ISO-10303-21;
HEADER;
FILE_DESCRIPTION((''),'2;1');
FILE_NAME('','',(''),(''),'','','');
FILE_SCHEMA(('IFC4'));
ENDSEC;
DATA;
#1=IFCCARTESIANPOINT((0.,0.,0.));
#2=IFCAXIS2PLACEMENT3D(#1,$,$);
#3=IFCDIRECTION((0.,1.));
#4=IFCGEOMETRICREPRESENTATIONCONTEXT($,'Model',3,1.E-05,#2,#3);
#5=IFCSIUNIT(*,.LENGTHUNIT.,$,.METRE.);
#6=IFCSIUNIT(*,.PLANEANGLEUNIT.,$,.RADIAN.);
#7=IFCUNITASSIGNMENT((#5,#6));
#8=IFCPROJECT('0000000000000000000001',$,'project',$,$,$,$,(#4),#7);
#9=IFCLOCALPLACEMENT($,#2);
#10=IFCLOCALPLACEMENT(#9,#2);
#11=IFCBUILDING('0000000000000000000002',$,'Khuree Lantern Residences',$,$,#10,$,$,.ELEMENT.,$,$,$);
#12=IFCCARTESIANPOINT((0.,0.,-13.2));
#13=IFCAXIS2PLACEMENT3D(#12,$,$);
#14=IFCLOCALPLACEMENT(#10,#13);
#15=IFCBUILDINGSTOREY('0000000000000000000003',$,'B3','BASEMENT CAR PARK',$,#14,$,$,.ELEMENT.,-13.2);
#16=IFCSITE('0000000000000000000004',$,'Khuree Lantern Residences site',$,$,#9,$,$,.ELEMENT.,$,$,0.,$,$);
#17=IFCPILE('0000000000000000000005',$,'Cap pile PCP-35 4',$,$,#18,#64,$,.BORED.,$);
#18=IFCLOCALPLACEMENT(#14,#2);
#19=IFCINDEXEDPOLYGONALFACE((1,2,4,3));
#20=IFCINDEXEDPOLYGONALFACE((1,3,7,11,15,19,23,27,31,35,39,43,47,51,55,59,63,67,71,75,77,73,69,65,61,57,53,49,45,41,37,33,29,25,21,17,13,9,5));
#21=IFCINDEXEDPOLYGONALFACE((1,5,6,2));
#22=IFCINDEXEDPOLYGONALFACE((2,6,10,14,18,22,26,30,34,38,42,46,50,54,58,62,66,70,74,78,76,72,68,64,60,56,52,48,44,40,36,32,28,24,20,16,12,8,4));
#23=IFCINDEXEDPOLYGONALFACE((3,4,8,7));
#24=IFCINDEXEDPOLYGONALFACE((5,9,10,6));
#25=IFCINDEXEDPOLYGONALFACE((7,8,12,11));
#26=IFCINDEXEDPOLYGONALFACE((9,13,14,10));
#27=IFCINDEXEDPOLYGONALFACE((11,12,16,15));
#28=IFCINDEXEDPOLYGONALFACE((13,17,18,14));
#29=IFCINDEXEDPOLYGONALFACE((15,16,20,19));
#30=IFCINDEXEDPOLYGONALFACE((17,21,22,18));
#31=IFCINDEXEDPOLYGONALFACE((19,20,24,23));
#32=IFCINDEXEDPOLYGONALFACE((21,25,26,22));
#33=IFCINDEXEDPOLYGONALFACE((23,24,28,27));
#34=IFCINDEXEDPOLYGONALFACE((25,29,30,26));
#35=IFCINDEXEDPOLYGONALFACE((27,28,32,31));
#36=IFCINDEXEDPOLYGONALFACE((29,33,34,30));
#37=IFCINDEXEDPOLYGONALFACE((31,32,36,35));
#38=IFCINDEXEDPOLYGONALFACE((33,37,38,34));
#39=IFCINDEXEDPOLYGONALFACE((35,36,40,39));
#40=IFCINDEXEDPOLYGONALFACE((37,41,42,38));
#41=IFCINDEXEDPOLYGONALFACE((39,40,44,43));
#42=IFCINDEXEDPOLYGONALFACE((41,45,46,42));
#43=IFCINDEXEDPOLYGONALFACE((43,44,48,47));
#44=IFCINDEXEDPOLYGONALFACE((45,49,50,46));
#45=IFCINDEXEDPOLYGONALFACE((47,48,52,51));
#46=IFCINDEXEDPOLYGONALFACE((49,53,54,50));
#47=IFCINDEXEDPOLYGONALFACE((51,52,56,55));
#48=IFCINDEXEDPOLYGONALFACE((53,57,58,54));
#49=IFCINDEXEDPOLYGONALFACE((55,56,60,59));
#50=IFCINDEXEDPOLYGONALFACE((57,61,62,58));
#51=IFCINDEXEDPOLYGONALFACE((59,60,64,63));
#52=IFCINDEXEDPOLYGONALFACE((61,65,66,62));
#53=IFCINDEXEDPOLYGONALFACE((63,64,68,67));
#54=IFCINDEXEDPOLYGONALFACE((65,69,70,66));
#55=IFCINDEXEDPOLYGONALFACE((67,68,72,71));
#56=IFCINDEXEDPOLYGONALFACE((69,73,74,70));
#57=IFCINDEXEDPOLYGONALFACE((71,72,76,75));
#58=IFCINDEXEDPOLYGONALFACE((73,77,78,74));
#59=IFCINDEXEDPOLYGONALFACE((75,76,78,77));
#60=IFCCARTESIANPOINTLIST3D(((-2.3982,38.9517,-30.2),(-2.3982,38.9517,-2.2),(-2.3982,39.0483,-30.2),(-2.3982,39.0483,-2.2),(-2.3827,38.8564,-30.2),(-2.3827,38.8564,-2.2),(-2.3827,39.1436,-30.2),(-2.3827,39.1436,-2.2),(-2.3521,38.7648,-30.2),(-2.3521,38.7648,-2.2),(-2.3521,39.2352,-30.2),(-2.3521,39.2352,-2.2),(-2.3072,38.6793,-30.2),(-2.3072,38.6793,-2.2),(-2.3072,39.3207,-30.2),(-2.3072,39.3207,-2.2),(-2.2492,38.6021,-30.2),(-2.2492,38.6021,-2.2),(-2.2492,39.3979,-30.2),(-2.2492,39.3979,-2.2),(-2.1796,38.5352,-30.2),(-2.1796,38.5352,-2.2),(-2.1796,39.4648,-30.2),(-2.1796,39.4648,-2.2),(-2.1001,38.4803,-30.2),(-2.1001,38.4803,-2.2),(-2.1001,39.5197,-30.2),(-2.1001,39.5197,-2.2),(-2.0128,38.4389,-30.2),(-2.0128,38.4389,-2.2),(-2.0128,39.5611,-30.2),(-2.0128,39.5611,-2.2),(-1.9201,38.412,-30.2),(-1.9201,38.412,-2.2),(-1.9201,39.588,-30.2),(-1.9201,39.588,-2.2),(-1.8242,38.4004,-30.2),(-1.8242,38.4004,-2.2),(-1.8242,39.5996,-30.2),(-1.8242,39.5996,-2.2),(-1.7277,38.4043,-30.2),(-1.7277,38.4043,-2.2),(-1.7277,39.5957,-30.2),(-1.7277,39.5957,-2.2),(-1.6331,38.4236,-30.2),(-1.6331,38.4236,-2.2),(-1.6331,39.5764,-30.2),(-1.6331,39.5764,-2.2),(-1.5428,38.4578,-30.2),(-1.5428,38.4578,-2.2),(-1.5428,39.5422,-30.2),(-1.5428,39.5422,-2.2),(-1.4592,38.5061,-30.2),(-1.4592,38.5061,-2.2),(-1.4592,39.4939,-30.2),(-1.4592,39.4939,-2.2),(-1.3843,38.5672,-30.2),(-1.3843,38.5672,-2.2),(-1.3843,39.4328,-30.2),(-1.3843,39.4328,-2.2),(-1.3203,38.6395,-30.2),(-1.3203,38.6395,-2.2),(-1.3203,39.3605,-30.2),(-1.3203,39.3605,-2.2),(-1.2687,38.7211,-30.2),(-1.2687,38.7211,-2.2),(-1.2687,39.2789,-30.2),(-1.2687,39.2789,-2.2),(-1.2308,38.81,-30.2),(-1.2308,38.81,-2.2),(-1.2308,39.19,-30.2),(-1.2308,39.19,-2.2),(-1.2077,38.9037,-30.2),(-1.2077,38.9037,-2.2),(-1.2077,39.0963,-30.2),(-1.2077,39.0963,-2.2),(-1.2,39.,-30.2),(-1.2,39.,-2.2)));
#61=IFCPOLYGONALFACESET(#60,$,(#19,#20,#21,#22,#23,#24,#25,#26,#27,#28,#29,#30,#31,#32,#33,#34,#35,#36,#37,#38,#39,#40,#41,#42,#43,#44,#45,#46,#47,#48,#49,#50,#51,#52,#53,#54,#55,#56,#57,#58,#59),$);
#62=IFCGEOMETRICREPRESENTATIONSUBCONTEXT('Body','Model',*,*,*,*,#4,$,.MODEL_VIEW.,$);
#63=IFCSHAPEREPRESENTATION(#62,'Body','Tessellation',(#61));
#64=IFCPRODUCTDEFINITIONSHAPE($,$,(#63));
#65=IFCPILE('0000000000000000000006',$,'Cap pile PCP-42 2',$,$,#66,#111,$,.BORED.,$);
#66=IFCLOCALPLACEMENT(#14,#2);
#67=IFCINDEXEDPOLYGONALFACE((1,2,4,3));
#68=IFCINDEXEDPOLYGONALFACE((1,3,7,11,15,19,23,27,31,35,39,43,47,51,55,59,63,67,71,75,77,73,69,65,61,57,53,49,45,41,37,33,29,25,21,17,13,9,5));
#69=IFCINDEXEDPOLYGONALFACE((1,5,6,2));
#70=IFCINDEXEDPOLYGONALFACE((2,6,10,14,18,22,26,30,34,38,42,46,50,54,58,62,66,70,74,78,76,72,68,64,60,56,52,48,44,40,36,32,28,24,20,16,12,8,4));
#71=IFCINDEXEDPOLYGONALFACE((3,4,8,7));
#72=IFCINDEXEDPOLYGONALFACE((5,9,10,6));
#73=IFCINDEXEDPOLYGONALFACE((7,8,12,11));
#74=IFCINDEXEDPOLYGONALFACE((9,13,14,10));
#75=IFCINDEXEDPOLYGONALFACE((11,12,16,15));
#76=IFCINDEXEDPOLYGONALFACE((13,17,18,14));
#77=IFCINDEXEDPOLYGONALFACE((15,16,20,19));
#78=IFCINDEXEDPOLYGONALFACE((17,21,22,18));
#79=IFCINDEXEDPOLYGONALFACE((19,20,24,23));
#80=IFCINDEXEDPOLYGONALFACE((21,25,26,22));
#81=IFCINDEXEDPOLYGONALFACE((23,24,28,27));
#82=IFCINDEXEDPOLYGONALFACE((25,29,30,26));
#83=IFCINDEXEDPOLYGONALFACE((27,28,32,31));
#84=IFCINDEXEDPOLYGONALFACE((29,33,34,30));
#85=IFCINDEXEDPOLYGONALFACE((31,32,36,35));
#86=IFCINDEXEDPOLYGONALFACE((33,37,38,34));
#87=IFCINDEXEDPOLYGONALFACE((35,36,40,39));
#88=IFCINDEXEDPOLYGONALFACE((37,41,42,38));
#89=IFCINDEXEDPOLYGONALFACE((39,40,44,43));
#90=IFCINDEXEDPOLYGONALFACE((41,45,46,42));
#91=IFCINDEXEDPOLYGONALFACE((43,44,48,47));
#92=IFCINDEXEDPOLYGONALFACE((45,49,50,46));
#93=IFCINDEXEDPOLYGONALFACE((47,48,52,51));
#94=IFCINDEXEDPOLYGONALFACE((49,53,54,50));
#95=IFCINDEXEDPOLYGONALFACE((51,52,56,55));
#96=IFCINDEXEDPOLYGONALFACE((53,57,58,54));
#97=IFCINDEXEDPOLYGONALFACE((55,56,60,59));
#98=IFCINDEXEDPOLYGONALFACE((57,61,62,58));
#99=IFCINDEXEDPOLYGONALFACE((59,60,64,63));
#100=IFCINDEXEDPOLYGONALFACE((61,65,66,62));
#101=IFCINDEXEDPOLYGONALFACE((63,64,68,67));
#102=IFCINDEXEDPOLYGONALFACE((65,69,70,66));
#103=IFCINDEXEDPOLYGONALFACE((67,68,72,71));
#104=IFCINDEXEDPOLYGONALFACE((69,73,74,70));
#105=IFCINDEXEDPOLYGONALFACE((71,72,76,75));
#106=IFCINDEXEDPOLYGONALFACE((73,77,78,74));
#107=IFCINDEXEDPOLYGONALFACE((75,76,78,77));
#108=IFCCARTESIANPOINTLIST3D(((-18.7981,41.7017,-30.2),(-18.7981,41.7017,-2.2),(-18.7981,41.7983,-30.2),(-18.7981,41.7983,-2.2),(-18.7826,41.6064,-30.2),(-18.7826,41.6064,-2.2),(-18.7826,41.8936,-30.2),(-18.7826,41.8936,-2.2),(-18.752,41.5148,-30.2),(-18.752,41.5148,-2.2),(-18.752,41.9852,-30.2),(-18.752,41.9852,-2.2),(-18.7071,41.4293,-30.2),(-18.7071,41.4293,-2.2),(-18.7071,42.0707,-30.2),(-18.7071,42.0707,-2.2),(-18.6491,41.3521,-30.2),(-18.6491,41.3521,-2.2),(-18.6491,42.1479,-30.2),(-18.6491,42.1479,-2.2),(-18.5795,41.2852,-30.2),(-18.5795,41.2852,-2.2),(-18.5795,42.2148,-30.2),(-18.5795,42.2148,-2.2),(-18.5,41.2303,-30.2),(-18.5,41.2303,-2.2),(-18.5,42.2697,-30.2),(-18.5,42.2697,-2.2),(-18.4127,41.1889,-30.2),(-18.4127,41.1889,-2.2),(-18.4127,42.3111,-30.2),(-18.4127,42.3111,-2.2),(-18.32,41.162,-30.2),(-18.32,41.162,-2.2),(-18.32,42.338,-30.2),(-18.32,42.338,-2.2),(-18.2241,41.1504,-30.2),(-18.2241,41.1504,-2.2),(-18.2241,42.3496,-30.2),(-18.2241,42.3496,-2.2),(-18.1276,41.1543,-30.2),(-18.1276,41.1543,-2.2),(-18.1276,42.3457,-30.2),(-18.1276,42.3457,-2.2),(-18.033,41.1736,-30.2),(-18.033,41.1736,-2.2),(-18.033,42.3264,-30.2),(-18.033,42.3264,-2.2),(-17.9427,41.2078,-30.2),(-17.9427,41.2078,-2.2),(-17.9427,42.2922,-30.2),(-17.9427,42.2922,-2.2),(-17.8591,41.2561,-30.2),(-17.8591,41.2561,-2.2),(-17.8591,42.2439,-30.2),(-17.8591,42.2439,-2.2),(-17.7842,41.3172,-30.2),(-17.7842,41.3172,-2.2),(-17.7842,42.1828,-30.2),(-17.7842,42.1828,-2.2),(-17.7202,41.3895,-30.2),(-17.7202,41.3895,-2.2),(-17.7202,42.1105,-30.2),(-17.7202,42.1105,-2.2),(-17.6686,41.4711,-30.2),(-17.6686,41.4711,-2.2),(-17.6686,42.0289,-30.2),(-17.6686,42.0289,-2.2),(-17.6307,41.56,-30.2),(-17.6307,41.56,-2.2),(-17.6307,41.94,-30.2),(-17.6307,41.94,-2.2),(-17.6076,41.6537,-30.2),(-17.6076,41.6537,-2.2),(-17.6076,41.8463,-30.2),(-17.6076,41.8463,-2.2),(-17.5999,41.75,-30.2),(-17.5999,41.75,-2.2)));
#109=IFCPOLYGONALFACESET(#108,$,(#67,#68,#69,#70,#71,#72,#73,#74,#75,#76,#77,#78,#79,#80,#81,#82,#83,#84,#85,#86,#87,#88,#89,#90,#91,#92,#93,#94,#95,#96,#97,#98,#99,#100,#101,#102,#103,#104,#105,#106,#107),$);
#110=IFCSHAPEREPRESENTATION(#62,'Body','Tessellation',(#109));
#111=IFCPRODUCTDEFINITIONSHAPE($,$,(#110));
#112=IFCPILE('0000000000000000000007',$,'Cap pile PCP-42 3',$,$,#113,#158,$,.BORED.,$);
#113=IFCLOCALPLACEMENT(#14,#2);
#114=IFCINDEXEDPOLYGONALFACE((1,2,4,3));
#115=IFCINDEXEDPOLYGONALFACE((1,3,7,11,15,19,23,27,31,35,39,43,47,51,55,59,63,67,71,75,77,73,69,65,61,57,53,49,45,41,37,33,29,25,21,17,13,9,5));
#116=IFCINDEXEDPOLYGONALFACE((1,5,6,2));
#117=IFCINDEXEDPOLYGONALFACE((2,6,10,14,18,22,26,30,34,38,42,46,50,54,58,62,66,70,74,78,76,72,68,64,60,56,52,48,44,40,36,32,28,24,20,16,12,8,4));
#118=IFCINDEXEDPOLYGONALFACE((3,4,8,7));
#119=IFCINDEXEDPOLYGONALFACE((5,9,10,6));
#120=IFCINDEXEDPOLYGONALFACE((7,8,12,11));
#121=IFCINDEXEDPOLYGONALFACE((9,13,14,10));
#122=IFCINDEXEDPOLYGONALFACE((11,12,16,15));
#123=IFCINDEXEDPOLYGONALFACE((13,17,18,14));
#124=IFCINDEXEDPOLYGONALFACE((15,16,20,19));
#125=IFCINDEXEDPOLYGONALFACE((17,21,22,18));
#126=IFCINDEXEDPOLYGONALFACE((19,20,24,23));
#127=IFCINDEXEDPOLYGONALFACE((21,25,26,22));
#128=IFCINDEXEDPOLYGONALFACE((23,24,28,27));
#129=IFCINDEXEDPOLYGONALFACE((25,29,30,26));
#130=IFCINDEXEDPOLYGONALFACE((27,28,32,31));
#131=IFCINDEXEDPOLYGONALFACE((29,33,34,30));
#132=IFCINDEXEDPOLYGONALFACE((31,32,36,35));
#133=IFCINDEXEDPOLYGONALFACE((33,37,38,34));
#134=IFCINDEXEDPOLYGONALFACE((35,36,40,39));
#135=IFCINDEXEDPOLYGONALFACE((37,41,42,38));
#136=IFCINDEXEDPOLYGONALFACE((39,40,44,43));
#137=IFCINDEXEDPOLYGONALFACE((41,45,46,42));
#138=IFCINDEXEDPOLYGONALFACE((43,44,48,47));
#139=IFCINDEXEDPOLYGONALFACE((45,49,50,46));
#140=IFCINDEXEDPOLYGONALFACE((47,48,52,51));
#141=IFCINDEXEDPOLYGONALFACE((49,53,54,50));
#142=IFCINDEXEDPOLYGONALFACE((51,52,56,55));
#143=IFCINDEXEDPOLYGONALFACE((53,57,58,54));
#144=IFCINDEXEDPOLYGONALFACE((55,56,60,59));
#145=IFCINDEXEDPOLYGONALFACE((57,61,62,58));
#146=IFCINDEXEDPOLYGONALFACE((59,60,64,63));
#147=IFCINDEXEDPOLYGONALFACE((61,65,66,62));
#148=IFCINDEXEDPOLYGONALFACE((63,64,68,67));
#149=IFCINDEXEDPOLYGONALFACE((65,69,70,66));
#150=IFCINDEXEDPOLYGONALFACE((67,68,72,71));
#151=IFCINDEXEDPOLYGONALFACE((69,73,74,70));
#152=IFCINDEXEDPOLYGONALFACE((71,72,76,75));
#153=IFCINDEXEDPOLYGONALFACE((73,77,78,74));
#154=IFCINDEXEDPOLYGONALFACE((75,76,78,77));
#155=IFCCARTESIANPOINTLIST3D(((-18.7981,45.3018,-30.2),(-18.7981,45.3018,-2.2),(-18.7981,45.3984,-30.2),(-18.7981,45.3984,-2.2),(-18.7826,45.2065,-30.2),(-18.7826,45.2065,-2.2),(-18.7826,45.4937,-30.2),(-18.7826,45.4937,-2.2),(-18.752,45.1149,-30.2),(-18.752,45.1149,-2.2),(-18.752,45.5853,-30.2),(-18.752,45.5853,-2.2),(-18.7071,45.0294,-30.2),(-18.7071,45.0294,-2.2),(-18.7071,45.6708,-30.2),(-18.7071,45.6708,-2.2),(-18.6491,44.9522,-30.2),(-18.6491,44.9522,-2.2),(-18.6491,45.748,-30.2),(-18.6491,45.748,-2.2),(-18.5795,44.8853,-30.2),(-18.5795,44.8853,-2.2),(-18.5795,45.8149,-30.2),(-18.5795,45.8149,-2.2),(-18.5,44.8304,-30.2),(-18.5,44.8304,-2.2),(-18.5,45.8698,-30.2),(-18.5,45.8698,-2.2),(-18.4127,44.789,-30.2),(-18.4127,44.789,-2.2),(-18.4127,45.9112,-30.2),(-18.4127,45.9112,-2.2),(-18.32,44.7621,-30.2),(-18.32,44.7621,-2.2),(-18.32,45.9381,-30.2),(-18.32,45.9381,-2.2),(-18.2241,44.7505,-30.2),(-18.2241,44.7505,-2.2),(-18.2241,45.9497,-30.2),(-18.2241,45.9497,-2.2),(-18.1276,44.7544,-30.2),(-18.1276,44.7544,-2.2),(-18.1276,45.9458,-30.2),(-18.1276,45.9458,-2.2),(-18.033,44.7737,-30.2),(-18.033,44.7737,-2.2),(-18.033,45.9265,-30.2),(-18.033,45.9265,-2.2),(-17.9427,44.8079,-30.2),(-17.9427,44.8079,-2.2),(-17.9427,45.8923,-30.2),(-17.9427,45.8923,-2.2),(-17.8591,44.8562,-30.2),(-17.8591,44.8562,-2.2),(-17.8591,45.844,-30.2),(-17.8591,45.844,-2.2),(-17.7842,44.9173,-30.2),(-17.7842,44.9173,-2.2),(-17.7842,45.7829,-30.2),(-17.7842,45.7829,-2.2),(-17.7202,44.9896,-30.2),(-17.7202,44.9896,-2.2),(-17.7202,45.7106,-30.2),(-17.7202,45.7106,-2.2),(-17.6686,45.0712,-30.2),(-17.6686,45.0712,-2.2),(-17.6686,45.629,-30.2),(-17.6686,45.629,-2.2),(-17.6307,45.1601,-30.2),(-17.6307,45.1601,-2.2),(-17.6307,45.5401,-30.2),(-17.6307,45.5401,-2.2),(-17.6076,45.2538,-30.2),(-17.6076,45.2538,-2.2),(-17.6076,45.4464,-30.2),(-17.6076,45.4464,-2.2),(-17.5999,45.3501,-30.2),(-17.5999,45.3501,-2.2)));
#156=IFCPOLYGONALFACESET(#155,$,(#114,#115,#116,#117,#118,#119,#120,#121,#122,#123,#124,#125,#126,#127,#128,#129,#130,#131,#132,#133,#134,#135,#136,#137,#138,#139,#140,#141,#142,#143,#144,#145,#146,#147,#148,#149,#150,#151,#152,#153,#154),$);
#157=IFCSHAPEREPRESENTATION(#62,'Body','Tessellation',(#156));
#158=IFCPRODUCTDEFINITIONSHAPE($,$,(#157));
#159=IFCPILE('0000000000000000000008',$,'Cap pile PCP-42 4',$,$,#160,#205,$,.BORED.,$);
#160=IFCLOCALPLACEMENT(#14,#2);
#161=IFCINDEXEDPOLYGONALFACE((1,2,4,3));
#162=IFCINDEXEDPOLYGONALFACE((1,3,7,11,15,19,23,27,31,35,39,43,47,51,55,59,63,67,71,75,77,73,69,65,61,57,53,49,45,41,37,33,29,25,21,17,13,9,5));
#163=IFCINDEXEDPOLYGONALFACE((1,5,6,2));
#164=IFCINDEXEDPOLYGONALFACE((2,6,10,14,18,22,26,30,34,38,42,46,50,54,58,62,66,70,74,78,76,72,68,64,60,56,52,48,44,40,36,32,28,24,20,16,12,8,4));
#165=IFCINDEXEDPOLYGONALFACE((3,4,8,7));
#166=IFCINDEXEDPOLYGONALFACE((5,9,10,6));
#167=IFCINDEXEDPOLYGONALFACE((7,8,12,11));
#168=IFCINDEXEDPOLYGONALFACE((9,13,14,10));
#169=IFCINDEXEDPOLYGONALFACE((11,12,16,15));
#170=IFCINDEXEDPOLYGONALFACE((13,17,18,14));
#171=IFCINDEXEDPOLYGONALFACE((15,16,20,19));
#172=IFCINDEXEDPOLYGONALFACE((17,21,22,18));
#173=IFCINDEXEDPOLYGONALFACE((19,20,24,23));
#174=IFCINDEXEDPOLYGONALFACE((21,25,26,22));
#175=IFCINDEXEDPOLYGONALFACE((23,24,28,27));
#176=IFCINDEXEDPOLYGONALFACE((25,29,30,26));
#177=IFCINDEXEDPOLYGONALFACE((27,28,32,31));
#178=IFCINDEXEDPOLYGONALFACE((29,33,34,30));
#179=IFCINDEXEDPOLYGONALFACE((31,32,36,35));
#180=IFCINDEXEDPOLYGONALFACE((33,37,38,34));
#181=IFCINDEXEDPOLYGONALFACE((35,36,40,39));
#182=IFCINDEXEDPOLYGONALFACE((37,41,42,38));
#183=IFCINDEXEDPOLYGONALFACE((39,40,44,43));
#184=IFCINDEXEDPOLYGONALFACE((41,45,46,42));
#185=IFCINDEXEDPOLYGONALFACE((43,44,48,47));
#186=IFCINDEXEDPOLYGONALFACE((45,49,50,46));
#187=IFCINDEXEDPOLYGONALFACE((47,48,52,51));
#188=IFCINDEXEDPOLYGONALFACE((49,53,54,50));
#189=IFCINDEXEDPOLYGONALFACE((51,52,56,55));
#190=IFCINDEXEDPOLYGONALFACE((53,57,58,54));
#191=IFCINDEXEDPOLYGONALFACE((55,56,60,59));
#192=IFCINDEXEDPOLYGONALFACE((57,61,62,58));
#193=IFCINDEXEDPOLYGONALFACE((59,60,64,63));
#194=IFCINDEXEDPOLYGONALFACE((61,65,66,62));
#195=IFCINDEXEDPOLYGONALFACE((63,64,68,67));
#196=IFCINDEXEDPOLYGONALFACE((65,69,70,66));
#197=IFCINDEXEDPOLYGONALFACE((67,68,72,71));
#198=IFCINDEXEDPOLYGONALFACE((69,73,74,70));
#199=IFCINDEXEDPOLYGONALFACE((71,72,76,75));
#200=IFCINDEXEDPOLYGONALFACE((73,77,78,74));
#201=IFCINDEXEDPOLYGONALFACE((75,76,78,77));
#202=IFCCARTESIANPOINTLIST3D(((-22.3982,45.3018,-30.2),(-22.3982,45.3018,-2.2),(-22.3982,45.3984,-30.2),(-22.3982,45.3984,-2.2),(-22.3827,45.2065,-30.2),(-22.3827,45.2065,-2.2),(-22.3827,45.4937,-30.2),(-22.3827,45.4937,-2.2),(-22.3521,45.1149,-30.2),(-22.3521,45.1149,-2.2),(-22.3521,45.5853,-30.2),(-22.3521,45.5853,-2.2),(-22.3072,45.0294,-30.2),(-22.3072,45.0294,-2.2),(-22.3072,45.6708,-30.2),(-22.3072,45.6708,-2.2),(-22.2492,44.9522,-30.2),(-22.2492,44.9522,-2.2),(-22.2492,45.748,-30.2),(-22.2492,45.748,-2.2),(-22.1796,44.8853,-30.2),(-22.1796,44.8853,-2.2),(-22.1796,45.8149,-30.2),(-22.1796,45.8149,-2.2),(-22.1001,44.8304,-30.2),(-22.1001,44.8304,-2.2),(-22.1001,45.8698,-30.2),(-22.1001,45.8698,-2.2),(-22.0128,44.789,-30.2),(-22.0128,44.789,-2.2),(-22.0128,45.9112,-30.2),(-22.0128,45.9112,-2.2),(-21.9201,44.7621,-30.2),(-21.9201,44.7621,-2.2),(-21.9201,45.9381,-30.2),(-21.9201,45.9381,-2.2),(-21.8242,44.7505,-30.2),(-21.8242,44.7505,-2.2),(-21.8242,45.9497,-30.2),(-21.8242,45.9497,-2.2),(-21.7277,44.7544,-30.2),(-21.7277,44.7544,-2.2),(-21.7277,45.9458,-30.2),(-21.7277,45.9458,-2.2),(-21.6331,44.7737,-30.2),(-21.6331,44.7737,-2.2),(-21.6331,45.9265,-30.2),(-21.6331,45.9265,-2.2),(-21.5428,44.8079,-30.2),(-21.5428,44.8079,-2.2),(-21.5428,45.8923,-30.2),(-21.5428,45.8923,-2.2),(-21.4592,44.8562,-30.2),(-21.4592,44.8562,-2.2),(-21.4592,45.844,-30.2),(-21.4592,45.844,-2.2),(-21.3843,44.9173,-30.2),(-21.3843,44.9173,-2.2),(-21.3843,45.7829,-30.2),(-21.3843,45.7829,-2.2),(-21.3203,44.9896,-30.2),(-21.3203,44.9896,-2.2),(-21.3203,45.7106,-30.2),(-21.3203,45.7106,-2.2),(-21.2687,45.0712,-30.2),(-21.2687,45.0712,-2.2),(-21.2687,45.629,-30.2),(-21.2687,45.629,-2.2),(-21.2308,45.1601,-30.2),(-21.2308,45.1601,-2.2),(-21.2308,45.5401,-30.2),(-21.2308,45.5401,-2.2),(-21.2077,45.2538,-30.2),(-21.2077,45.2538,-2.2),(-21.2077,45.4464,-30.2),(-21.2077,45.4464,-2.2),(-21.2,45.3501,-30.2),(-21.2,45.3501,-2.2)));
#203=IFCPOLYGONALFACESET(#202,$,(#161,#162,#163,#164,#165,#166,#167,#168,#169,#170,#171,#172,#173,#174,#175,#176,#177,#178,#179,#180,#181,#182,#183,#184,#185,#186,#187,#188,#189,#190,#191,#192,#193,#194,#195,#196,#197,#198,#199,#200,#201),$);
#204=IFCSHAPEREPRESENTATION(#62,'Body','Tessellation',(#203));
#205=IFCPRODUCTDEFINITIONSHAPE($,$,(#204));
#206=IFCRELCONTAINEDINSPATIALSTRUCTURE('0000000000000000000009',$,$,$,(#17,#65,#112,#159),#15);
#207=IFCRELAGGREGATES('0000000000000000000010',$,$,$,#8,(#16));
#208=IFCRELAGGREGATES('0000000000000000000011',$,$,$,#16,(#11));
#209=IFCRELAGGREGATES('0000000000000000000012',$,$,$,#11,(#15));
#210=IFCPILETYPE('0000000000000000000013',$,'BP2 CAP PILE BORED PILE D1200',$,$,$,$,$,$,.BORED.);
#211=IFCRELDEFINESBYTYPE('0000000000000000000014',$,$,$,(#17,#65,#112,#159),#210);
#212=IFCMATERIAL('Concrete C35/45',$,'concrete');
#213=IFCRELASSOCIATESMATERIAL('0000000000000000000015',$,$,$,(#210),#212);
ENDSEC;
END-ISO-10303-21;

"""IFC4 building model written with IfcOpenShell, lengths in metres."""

from ifc_helpers import new_model, si_unit, direction, frame, origin, origin_2d, place, context, subcontext, project, spatial, circle, extrude, material, material_profile, profile_set, type_object, element, save


model = new_model("IFC4")

# Units and contexts
model_context = context("Model", 3, precision=1e-05, world=origin(), true_north=direction((0.0, 1.0)))
body_context = subcontext(model_context, "Body", "Model", "MODEL_VIEW")
ifc_project = project(units=[si_unit("LENGTHUNIT", "METRE"), si_unit("PLANEANGLEUNIT", "RADIAN")], contexts=[model_context])

# Site, building, storey
site_placement = place(None, origin())
site = spatial("IfcSite", under=ifc_project, at=site_placement, Name="Khuree Lantern Residences site", CompositionType="ELEMENT", RefElevation=0.0)
building_placement = place(site_placement, origin())
building = spatial("IfcBuilding", under=site, at=building_placement, Name="Khuree Lantern Residences", CompositionType="ELEMENT")
storey_placement = place(building_placement, frame((0.0, 0.0, -13.2)))
storey = spatial("IfcBuildingStorey", under=building, at=storey_placement, Name="B3", Description="BASEMENT CAR PARK", CompositionType="ELEMENT", Elevation=-13.2)

# Piles
ifc_material_1 = material(Name="Concrete C35/45", Category="concrete")
ifc_material_profile_1 = material_profile(ifc_material_1, circle(Radius=0.6001, at=origin_2d()), Name="BORED PILE D1200")
ifc_profile_set_1 = profile_set([ifc_material_profile_1], Name="Concrete C35/45")
pile_type_1 = type_object("IfcPileType", Name="BP2 CAP PILE BORED PILE D1200", PredefinedType="BORED", material=ifc_profile_set_1)
for number, where, z_axis, x_axis, name in (
    (1, (-1.8, 39.0, -2.2), (0.0, 0.0, -1.0), (1.0, 0.0, 0.0), "Cap pile PCP-35 4"),
    (2, (-18.2, 41.75, -2.2), (0.0, 0.0, -1.0), (1.0, 0.0, 0.0), "Cap pile PCP-42 2"),
    (3, (-18.2, 45.3501, -2.2), (0.0, 0.0, -1.0), (1.0, 0.0, 0.0), "Cap pile PCP-42 3"),
    (4, (-21.8, 45.3501, -2.2), (0.0, 0.0, -1.0), (1.0, 0.0, 0.0), "Cap pile PCP-42 4"),
):
    element("IfcPile", number, at=place(storey_placement, frame(where, z_axis=z_axis, x_axis=x_axis)), inside=storey, type_object=pile_type_1, Name=name, PredefinedType="BORED", context=body_context, shape_type="SweptSolid", body=[
        extrude(circle(Radius=0.6001, at=origin_2d()), origin(), (0.0, 0.0, 1.0), 28.0),
    ])

save(model, "model.ifc")
